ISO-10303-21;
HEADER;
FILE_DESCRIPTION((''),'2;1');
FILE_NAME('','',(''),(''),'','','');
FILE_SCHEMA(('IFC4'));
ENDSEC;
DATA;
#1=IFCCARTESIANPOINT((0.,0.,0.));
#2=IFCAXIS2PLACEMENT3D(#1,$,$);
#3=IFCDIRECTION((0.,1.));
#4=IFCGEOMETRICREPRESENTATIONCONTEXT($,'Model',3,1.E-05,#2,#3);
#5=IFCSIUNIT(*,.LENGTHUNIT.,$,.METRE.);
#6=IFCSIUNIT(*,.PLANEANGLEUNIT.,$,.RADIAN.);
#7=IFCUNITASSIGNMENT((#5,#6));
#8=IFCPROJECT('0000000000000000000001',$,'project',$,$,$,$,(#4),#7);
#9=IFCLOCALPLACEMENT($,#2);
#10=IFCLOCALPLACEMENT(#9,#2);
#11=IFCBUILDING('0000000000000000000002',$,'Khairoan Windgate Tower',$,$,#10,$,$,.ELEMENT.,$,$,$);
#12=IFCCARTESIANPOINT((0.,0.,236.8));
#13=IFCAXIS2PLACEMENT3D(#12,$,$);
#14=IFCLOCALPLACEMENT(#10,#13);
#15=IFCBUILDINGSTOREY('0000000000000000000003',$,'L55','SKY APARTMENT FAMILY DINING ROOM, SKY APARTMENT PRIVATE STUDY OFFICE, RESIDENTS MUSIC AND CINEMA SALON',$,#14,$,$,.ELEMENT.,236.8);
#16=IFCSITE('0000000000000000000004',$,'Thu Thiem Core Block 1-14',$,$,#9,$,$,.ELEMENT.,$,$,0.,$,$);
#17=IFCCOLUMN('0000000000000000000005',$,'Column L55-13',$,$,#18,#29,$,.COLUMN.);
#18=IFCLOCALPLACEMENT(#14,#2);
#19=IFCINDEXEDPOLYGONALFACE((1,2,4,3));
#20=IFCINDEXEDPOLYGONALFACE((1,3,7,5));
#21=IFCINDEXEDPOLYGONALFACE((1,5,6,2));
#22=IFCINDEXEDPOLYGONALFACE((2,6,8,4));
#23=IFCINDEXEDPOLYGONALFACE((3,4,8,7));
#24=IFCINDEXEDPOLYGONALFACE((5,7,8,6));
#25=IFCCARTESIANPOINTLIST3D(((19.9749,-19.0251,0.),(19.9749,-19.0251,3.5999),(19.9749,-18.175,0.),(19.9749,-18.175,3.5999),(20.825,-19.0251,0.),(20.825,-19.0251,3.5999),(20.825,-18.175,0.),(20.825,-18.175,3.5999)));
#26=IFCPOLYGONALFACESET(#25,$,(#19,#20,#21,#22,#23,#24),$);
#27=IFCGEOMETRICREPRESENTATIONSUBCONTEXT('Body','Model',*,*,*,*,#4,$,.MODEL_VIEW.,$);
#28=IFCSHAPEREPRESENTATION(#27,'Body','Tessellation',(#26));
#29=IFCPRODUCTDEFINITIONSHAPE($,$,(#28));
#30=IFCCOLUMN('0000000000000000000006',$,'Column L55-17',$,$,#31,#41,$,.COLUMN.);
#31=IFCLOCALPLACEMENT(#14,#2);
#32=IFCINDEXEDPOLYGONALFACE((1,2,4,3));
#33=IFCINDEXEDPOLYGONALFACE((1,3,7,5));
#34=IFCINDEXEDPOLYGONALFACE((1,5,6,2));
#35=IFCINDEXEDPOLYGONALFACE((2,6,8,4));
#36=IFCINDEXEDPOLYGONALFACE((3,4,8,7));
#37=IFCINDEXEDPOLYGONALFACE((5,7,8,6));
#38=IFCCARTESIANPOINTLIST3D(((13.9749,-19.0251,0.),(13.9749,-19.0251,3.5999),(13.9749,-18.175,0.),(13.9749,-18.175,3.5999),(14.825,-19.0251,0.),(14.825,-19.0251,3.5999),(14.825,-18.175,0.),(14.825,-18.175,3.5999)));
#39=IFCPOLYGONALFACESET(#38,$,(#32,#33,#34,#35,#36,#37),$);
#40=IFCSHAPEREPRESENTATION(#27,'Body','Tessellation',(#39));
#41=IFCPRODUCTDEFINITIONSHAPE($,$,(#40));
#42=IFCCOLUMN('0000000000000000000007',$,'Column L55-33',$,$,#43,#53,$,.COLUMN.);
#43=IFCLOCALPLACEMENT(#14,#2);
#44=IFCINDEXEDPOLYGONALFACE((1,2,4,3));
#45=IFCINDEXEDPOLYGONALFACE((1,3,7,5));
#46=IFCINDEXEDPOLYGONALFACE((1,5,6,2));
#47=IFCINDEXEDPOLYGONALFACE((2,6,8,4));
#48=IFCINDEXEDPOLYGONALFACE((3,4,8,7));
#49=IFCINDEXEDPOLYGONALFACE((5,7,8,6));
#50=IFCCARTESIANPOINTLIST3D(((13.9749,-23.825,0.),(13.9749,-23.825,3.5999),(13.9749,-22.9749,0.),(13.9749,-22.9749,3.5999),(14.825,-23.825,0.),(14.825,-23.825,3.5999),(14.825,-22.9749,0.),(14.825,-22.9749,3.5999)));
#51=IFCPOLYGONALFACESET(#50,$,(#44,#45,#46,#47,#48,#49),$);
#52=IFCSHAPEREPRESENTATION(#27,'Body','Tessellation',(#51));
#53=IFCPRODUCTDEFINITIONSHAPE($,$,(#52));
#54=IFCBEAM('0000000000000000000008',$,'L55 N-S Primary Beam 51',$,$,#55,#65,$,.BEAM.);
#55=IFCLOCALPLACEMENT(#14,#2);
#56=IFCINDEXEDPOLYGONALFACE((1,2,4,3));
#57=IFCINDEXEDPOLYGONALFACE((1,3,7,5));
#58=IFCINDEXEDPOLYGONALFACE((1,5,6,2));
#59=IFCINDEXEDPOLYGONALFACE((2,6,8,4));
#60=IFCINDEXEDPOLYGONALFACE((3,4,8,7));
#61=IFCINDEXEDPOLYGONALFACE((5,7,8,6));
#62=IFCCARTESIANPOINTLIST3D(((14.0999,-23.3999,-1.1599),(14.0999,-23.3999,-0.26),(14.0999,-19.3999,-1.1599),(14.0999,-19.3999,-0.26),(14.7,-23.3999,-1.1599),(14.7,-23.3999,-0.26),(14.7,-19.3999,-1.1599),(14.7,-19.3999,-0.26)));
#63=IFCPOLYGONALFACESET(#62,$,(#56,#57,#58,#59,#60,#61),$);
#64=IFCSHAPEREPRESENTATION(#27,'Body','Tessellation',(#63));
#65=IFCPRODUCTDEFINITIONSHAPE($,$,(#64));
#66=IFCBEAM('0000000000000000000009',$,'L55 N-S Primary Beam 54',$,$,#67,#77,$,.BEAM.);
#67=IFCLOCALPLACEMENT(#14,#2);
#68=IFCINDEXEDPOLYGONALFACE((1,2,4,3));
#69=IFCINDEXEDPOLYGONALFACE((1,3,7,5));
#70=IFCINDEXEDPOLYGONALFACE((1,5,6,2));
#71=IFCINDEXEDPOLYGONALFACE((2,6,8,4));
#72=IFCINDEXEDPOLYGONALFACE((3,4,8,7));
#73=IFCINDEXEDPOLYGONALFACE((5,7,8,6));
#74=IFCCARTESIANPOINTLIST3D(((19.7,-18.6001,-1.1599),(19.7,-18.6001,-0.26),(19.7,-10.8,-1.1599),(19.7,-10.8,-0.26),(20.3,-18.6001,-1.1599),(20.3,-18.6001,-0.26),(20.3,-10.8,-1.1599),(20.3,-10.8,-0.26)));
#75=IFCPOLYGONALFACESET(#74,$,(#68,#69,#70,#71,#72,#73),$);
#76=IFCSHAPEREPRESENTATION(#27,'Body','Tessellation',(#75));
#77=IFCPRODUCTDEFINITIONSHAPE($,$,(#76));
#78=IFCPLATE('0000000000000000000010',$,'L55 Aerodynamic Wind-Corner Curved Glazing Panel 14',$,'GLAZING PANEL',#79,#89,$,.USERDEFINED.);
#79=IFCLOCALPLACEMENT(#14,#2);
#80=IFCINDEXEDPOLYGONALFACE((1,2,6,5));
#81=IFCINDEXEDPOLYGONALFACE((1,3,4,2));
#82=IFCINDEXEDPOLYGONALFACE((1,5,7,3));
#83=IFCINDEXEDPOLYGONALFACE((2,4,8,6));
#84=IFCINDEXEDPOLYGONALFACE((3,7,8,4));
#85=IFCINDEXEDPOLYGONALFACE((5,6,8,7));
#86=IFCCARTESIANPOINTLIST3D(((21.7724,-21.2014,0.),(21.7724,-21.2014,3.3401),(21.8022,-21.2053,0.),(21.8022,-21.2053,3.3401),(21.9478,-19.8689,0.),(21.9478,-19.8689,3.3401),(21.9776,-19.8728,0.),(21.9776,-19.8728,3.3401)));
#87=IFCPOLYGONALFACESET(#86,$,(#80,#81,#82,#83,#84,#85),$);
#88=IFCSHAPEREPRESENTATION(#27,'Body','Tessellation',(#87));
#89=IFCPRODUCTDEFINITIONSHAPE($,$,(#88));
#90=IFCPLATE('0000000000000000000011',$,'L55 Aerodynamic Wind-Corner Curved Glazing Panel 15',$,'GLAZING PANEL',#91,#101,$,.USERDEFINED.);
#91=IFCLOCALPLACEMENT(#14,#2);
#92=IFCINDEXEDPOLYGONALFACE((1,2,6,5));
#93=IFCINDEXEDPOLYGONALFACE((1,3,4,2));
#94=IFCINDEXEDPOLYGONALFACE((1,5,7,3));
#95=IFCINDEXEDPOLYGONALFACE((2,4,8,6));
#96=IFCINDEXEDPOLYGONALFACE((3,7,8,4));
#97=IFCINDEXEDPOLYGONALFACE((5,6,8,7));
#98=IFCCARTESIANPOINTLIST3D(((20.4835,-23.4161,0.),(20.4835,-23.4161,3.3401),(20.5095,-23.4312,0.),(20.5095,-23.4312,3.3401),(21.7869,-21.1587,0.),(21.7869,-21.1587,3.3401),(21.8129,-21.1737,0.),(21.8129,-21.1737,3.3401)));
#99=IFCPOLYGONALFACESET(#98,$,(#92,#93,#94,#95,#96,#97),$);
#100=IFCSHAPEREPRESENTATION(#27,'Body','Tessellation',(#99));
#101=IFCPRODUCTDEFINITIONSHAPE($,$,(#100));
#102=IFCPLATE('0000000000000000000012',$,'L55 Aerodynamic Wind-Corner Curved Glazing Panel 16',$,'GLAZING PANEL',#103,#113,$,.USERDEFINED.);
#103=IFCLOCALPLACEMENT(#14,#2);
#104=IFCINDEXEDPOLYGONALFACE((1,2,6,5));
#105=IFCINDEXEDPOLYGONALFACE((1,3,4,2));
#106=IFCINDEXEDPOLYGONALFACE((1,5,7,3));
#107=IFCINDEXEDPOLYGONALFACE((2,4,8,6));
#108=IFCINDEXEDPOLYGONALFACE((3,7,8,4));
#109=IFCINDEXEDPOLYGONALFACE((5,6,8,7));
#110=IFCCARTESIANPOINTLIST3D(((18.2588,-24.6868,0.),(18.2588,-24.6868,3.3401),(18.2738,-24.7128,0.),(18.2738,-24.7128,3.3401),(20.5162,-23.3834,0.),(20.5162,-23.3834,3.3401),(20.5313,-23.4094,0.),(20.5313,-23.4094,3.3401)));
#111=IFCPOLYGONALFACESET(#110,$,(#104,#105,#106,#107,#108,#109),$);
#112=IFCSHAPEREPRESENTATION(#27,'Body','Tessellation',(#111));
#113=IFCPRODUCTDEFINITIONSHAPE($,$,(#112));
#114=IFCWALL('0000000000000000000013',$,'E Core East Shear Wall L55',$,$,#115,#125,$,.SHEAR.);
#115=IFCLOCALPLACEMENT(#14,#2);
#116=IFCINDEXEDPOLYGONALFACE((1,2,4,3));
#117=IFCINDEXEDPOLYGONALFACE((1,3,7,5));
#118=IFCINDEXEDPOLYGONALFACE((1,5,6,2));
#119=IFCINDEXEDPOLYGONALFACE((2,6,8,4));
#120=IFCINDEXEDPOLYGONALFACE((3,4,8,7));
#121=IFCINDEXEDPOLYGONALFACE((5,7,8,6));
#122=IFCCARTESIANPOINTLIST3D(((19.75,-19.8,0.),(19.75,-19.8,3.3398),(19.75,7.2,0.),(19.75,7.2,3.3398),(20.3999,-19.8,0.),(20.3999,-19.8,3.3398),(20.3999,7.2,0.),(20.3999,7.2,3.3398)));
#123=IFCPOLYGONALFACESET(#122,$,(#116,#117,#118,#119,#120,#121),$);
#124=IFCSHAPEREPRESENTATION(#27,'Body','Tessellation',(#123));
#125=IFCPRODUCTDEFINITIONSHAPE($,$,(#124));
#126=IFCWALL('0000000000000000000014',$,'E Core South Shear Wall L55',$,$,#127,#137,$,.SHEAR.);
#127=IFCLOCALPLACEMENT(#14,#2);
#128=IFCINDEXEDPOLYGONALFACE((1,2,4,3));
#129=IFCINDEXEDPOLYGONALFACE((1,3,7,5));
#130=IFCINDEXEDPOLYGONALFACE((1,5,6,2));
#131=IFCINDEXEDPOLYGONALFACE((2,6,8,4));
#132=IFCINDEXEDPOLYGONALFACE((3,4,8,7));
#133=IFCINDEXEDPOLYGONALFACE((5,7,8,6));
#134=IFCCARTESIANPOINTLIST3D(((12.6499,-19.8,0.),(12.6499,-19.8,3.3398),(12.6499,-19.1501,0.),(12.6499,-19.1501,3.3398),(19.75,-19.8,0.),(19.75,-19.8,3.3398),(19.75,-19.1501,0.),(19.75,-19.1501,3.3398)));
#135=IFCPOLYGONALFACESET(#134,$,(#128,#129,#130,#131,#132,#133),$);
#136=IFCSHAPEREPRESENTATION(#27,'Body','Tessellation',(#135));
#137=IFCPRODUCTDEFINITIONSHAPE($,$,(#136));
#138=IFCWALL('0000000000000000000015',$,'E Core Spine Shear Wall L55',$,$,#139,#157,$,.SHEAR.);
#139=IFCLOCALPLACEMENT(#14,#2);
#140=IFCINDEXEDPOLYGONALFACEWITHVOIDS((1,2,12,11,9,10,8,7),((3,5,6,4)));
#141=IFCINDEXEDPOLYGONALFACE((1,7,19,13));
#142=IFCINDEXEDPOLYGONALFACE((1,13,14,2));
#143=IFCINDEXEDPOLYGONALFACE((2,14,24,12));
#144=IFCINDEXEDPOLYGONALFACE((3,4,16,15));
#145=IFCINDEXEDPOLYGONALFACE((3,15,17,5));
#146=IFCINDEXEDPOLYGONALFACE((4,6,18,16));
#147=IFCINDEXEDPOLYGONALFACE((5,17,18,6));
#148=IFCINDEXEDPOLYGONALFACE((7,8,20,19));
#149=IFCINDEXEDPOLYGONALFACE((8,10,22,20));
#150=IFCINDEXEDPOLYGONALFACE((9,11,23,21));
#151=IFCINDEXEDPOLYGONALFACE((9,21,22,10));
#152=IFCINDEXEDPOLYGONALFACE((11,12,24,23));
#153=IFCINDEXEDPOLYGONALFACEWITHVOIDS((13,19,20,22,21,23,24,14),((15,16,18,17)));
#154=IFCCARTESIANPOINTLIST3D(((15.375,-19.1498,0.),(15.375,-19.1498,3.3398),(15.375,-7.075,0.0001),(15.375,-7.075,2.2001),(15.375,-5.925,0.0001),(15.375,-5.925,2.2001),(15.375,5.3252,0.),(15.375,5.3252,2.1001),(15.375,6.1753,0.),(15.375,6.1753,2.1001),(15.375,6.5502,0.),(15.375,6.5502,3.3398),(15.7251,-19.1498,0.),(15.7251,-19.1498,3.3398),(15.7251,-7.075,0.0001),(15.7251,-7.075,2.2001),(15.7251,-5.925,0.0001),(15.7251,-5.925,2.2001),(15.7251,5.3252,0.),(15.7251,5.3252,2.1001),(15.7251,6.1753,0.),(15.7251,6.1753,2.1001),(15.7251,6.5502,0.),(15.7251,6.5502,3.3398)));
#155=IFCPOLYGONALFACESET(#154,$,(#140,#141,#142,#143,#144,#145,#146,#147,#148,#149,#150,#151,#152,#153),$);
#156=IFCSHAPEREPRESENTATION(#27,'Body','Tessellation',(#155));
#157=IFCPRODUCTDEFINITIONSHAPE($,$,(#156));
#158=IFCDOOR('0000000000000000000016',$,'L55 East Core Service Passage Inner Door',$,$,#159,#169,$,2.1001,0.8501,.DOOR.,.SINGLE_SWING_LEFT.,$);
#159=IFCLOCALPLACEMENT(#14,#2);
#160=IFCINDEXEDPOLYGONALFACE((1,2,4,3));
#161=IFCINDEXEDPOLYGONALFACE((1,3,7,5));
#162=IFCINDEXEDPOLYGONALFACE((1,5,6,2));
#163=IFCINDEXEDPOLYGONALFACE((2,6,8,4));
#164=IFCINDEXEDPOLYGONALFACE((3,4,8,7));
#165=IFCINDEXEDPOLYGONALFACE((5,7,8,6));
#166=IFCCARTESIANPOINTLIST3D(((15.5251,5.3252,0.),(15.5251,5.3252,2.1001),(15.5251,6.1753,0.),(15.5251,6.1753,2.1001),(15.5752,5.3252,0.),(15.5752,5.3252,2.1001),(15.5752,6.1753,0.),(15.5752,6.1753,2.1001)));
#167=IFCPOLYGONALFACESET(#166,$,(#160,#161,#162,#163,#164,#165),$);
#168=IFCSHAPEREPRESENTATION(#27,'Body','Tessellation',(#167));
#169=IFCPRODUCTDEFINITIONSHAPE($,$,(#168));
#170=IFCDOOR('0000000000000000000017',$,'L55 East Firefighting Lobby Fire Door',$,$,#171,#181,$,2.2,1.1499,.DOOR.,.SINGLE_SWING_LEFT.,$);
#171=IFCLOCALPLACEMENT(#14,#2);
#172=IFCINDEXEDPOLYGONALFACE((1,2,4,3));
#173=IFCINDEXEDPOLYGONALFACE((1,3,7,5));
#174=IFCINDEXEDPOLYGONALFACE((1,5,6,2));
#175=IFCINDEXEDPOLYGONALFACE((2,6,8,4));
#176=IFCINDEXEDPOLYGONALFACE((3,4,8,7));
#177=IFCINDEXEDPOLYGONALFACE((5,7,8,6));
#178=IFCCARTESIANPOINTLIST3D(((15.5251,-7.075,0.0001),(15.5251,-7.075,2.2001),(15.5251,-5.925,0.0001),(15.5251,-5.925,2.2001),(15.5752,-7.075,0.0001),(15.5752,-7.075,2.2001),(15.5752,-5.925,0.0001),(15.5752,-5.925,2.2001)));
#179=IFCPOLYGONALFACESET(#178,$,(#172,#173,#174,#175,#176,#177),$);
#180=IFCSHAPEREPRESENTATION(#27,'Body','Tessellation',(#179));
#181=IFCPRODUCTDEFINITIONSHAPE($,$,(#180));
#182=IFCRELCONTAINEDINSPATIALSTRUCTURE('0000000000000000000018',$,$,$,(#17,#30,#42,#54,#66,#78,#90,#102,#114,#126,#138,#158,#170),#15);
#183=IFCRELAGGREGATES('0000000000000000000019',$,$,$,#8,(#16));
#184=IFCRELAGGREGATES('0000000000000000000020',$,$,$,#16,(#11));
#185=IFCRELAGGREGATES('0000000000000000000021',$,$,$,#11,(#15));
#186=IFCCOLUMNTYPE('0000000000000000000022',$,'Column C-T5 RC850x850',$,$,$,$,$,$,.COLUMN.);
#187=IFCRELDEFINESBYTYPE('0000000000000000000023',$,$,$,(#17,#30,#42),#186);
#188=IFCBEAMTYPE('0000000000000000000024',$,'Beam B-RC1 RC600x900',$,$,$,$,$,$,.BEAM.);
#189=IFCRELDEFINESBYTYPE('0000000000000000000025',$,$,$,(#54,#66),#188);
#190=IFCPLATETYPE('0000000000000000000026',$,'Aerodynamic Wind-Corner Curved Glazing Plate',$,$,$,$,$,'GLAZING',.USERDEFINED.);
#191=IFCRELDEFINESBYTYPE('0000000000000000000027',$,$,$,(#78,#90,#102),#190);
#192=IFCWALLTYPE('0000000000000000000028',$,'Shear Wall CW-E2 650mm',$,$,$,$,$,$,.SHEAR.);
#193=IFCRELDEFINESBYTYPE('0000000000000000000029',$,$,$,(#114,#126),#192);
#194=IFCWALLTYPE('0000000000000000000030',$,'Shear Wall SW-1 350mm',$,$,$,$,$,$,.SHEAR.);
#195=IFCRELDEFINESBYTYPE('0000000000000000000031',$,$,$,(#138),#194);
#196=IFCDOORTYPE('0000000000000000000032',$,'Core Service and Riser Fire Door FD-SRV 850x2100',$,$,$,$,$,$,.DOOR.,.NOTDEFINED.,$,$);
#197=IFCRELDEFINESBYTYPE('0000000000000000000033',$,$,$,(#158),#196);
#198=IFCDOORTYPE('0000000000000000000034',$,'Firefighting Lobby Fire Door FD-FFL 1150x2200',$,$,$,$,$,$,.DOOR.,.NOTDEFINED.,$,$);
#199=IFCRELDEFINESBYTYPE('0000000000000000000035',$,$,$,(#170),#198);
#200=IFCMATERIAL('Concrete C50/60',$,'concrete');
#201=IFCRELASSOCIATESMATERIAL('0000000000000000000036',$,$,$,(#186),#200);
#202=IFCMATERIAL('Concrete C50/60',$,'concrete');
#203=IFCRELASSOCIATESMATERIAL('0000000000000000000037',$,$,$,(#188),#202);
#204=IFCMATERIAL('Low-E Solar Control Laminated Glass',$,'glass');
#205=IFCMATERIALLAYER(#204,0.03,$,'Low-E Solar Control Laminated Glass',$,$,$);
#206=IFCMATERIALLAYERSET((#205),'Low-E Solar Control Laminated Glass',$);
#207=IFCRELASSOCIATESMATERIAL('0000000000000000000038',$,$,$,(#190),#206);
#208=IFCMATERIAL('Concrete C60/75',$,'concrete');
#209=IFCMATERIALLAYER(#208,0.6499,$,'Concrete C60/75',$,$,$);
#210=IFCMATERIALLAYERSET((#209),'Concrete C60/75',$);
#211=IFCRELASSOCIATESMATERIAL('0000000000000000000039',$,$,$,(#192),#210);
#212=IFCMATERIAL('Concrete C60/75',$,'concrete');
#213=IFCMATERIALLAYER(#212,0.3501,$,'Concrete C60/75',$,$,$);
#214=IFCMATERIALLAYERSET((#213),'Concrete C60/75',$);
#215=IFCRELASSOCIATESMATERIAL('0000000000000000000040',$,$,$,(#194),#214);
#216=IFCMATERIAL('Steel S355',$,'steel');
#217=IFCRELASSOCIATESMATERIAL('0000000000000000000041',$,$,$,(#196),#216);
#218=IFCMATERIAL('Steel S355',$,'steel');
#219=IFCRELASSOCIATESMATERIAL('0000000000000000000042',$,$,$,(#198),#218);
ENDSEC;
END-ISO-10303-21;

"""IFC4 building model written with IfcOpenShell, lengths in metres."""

from ifc_helpers import new_model, si_unit, direction, frame, frame_2d, origin, origin_2d, place, context, subcontext, project, spatial, rectangle, extrude, material, layer, layer_set, material_profile, profile_set, type_object, element, fill, save


model = new_model("IFC4")

# Units and contexts
model_context = context("Model", 3, precision=1e-05, world=origin(), true_north=direction((0.0, 1.0)))
body_context = subcontext(model_context, "Body", "Model", "MODEL_VIEW")
ifc_project = project(units=[si_unit("LENGTHUNIT", "METRE"), si_unit("PLANEANGLEUNIT", "RADIAN")], contexts=[model_context])

# Site, building, storey
site_placement = place(None, origin())
site = spatial("IfcSite", under=ifc_project, at=site_placement, Name="Thu Thiem Core Block 1-14", CompositionType="ELEMENT", RefElevation=0.0)
building_placement = place(site_placement, origin())
building = spatial("IfcBuilding", under=site, at=building_placement, Name="Khairoan Windgate Tower", CompositionType="ELEMENT")
storey_placement = place(building_placement, frame((0.0, 0.0, 236.8)))
storey = spatial("IfcBuildingStorey", under=building, at=storey_placement, Name="L55", Description="SKY APARTMENT FAMILY DINING ROOM, SKY APARTMENT PRIVATE STUDY OFFICE, RESIDENTS MUSIC AND CINEMA SALON", CompositionType="ELEMENT", Elevation=236.8)

# Columns
ifc_material_1 = material(Name="Concrete C50/60", Category="concrete")
ifc_material_profile_1 = material_profile(ifc_material_1, rectangle(XDim=0.8501, YDim=0.8501, at=origin_2d()))
ifc_profile_set_1 = profile_set([ifc_material_profile_1], Name="Concrete C50/60")
column_type = type_object("IfcColumnType", Name="Column C-T5 RC850x850", PredefinedType="COLUMN", material=ifc_profile_set_1)
for number, where, z_axis, x_axis, name in (
    (1, (20.3999, -18.6001, 0.0), (0.0, 0.0, 1.0), (1.0, 0.0, 0.0), "Column L55-13"),
    (2, (14.3999, -18.6001, 0.0), (0.0, 0.0, 1.0), (1.0, 0.0, 0.0), "Column L55-17"),
    (3, (14.3999, -23.3999, 0.0), (0.0, 0.0, 1.0), (1.0, 0.0, 0.0), "Column L55-33"),
):
    element("IfcColumn", number, at=place(storey_placement, frame(where, z_axis=z_axis, x_axis=x_axis)), inside=storey, type_object=column_type, Name=name, PredefinedType="COLUMN", context=body_context, shape_type="SweptSolid", body=[
        extrude(rectangle(XDim=0.8501, YDim=0.8501, at=origin_2d()), origin(), (0.0, 0.0, 1.0), 3.5999),
    ])

# Beams
ifc_material_2 = material(Name="Concrete C50/60", Category="concrete")
ifc_material_profile_2 = material_profile(ifc_material_2, rectangle(XDim=0.6001, YDim=0.8999, at=origin_2d()))
ifc_profile_set_2 = profile_set([ifc_material_profile_2], Name="Concrete C50/60")
beam_type = type_object("IfcBeamType", Name="Beam B-RC1 RC600x900", PredefinedType="BEAM", material=ifc_profile_set_2)
beam_1_placement = place(storey_placement, frame((14.3999, -23.3999, -0.71), z_axis=(0.0, 1.0, 0.0), x_axis=(-1.0, 0.0, 0.0)))
element("IfcBeam", 4, at=beam_1_placement, inside=storey, type_object=beam_type, Name="L55 N-S Primary Beam 51", PredefinedType="BEAM", context=body_context, shape_type="SweptSolid", body=[
    extrude(rectangle(XDim=0.6001, YDim=0.8999, at=origin_2d()), origin(), (0.0, 0.0, 1.0), 4.0),
])
beam_2_placement = place(storey_placement, frame((20.0, -18.6001, -0.71), z_axis=(0.0, 1.0, 0.0), x_axis=(-1.0, 0.0, 0.0)))
element("IfcBeam", 5, at=beam_2_placement, inside=storey, type_object=beam_type, Name="L55 N-S Primary Beam 54", PredefinedType="BEAM", context=body_context, shape_type="SweptSolid", body=[
    extrude(rectangle(XDim=0.6001, YDim=0.8999, at=origin_2d()), origin(), (0.0, 0.0, 1.0), 7.8),
])

# Plates
ifc_material_3 = material(Name="Low-E Solar Control Laminated Glass", Category="glass")
ifc_layer_1 = layer(ifc_material_3, 0.03, Name="Low-E Solar Control Laminated Glass")
ifc_layer_set_1 = layer_set([ifc_layer_1], Name="Low-E Solar Control Laminated Glass")
plate_type_1 = type_object("IfcPlateType", Name="Aerodynamic Wind-Corner Curved Glazing Plate", ElementType="GLAZING", PredefinedType="USERDEFINED", material=ifc_layer_set_1)
plate_1_placement = place(storey_placement, frame((21.875, -20.5371, 0.0), z_axis=(0.0, 0.0, 1.0), x_axis=(-0.130526, -0.991445, 0.0)))
element("IfcPlate", 6, at=plate_1_placement, inside=storey, type_object=plate_type_1, Name="L55 Aerodynamic Wind-Corner Curved Glazing Panel 14", ObjectType="GLAZING PANEL", PredefinedType="USERDEFINED", context=body_context, shape_type="SweptSolid", body=[
    extrude(rectangle(XDim=1.344, YDim=0.03, at=origin_2d()), origin(), (0.0, 0.0, 1.0), 3.3401),
])
for number, where, z_axis, x_axis, name in (
    (7, (21.1482, -22.2949, 0.0), (0.0, 0.0, 1.0), (-0.5, -0.866025, 0.0), "L55 Aerodynamic Wind-Corner Curved Glazing Panel 15"),
    (8, (19.395, -24.0481, 0.0), (0.0, 0.0, 1.0), (-0.866025, -0.5, 0.0), "L55 Aerodynamic Wind-Corner Curved Glazing Panel 16"),
):
    element("IfcPlate", number, at=place(storey_placement, frame(where, z_axis=z_axis, x_axis=x_axis)), inside=storey, type_object=plate_type_1, Name=name, ObjectType="GLAZING PANEL", PredefinedType="USERDEFINED", context=body_context, shape_type="SweptSolid", body=[
        extrude(rectangle(XDim=2.6067, YDim=0.03, at=origin_2d()), origin(), (0.0, 0.0, 1.0), 3.3401),
    ])

# Walls
ifc_material_4 = material(Name="Concrete C60/75", Category="concrete")
ifc_layer_2 = layer(ifc_material_4, 0.6499, Name="Concrete C60/75")
ifc_layer_set_2 = layer_set([ifc_layer_2], Name="Concrete C60/75")
wall_type_1 = type_object("IfcWallType", Name="Shear Wall CW-E2 650mm", PredefinedType="SHEAR", material=ifc_layer_set_2)
wall_1_placement = place(storey_placement, frame((20.075, -19.8, 0.0), z_axis=(0.0, 0.0, 1.0), x_axis=(0.0, 1.0, 0.0)))
element("IfcWall", 9, at=wall_1_placement, inside=storey, type_object=wall_type_1, Name="E Core East Shear Wall L55", PredefinedType="SHEAR", context=body_context, shape_type="SweptSolid", body=[
    extrude(rectangle(XDim=27.0, YDim=0.6499, at=frame_2d((13.5, 0.0))), origin(), (0.0, 0.0, 1.0), 3.3398),
])
wall_2_placement = place(storey_placement, frame((12.6499, -19.4751, 0.0), z_axis=(0.0, 0.0, 1.0), x_axis=(1.0, 0.0, 0.0)))
element("IfcWall", 10, at=wall_2_placement, inside=storey, type_object=wall_type_1, Name="E Core South Shear Wall L55", PredefinedType="SHEAR", context=body_context, shape_type="SweptSolid", body=[
    extrude(rectangle(XDim=7.1001, YDim=0.6499, at=frame_2d((3.55, 0.0))), origin(), (0.0, 0.0, 1.0), 3.3398),
])

# Wall, openings, doors
ifc_material_5 = material(Name="Concrete C60/75", Category="concrete")
ifc_layer_3 = layer(ifc_material_5, 0.3501, Name="Concrete C60/75")
ifc_layer_set_3 = layer_set([ifc_layer_3], Name="Concrete C60/75")
wall_type_2 = type_object("IfcWallType", Name="Shear Wall SW-1 350mm", PredefinedType="SHEAR", material=ifc_layer_set_3)
wall_3_placement = place(storey_placement, frame((15.55, -19.1499, 0.0), z_axis=(0.0, 0.0, 1.0), x_axis=(0.0, 1.0, 0.0)))
wall_3 = element("IfcWall", 11, at=wall_3_placement, inside=storey, type_object=wall_type_2, Name="E Core Spine Shear Wall L55", PredefinedType="SHEAR", context=body_context, shape_type="SweptSolid", body=[
    extrude(rectangle(XDim=25.7, YDim=0.3501, at=frame_2d((12.8501, 0.0))), origin(), (0.0, 0.0, 1.0), 3.3398),
])
opening_1_placement = place(wall_3_placement, frame((12.075, 0.0, 0.0)))
opening_1 = element("IfcOpeningElement", 12, at=opening_1_placement, cuts=wall_3, PredefinedType="OPENING", context=body_context, shape_type="SweptSolid", body=[
    extrude(rectangle(XDim=1.1499, YDim=2.2, at=frame_2d((0.575, 1.1001))), frame((0.0, 0.1851, 0.0), z_axis=(0.0, -1.0, 0.0), x_axis=(1.0, 0.0, 0.0)), (0.0, 0.0, 1.0), 0.3701),
])
opening_2_placement = place(wall_3_placement, frame((24.4751, 0.0, 0.0)))
opening_2 = element("IfcOpeningElement", 13, at=opening_2_placement, cuts=wall_3, PredefinedType="OPENING", context=body_context, shape_type="SweptSolid", body=[
    extrude(rectangle(XDim=0.8501, YDim=2.1001, at=frame_2d((0.425, 1.05))), frame((0.0, 0.1851, 0.0), z_axis=(0.0, -1.0, 0.0), x_axis=(1.0, 0.0, 0.0)), (0.0, 0.0, 1.0), 0.3701),
])
ifc_material_6 = material(Name="Steel S355", Category="steel")
door_type_1 = type_object("IfcDoorType", Name="Core Service and Riser Fire Door FD-SRV 850x2100", OperationType="NOTDEFINED", PredefinedType="DOOR", material=ifc_material_6)
door_1_placement = place(opening_2_placement, origin())
door_1 = element("IfcDoor", 14, at=door_1_placement, inside=storey, type_object=door_type_1, Name="L55 East Core Service Passage Inner Door", OperationType="SINGLE_SWING_LEFT", OverallHeight=2.1001, OverallWidth=0.8501, PredefinedType="DOOR", context=body_context, shape_type="SweptSolid", body=[
    extrude(rectangle(XDim=0.8501, YDim=2.1001, at=frame_2d((0.425, 1.05))), frame((0.0, 0.0249, 0.0), z_axis=(0.0, -1.0, 0.0), x_axis=(1.0, 0.0, 0.0)), (0.0, 0.0, 1.0), 0.05),
])
fill(opening_2, door_1)
ifc_material_7 = material(Name="Steel S355", Category="steel")
door_type_2 = type_object("IfcDoorType", Name="Firefighting Lobby Fire Door FD-FFL 1150x2200", OperationType="NOTDEFINED", PredefinedType="DOOR", material=ifc_material_7)
door_2_placement = place(opening_1_placement, origin())
door_2 = element("IfcDoor", 15, at=door_2_placement, inside=storey, type_object=door_type_2, Name="L55 East Firefighting Lobby Fire Door", OperationType="SINGLE_SWING_LEFT", OverallHeight=2.2, OverallWidth=1.1499, PredefinedType="DOOR", context=body_context, shape_type="SweptSolid", body=[
    extrude(rectangle(XDim=1.1499, YDim=2.2, at=frame_2d((0.575, 1.1001))), frame((0.0, 0.0249, 0.0), z_axis=(0.0, -1.0, 0.0), x_axis=(1.0, 0.0, 0.0)), (0.0, 0.0, 1.0), 0.05),
])
fill(opening_1, door_2)

save(model, "model.ifc")
